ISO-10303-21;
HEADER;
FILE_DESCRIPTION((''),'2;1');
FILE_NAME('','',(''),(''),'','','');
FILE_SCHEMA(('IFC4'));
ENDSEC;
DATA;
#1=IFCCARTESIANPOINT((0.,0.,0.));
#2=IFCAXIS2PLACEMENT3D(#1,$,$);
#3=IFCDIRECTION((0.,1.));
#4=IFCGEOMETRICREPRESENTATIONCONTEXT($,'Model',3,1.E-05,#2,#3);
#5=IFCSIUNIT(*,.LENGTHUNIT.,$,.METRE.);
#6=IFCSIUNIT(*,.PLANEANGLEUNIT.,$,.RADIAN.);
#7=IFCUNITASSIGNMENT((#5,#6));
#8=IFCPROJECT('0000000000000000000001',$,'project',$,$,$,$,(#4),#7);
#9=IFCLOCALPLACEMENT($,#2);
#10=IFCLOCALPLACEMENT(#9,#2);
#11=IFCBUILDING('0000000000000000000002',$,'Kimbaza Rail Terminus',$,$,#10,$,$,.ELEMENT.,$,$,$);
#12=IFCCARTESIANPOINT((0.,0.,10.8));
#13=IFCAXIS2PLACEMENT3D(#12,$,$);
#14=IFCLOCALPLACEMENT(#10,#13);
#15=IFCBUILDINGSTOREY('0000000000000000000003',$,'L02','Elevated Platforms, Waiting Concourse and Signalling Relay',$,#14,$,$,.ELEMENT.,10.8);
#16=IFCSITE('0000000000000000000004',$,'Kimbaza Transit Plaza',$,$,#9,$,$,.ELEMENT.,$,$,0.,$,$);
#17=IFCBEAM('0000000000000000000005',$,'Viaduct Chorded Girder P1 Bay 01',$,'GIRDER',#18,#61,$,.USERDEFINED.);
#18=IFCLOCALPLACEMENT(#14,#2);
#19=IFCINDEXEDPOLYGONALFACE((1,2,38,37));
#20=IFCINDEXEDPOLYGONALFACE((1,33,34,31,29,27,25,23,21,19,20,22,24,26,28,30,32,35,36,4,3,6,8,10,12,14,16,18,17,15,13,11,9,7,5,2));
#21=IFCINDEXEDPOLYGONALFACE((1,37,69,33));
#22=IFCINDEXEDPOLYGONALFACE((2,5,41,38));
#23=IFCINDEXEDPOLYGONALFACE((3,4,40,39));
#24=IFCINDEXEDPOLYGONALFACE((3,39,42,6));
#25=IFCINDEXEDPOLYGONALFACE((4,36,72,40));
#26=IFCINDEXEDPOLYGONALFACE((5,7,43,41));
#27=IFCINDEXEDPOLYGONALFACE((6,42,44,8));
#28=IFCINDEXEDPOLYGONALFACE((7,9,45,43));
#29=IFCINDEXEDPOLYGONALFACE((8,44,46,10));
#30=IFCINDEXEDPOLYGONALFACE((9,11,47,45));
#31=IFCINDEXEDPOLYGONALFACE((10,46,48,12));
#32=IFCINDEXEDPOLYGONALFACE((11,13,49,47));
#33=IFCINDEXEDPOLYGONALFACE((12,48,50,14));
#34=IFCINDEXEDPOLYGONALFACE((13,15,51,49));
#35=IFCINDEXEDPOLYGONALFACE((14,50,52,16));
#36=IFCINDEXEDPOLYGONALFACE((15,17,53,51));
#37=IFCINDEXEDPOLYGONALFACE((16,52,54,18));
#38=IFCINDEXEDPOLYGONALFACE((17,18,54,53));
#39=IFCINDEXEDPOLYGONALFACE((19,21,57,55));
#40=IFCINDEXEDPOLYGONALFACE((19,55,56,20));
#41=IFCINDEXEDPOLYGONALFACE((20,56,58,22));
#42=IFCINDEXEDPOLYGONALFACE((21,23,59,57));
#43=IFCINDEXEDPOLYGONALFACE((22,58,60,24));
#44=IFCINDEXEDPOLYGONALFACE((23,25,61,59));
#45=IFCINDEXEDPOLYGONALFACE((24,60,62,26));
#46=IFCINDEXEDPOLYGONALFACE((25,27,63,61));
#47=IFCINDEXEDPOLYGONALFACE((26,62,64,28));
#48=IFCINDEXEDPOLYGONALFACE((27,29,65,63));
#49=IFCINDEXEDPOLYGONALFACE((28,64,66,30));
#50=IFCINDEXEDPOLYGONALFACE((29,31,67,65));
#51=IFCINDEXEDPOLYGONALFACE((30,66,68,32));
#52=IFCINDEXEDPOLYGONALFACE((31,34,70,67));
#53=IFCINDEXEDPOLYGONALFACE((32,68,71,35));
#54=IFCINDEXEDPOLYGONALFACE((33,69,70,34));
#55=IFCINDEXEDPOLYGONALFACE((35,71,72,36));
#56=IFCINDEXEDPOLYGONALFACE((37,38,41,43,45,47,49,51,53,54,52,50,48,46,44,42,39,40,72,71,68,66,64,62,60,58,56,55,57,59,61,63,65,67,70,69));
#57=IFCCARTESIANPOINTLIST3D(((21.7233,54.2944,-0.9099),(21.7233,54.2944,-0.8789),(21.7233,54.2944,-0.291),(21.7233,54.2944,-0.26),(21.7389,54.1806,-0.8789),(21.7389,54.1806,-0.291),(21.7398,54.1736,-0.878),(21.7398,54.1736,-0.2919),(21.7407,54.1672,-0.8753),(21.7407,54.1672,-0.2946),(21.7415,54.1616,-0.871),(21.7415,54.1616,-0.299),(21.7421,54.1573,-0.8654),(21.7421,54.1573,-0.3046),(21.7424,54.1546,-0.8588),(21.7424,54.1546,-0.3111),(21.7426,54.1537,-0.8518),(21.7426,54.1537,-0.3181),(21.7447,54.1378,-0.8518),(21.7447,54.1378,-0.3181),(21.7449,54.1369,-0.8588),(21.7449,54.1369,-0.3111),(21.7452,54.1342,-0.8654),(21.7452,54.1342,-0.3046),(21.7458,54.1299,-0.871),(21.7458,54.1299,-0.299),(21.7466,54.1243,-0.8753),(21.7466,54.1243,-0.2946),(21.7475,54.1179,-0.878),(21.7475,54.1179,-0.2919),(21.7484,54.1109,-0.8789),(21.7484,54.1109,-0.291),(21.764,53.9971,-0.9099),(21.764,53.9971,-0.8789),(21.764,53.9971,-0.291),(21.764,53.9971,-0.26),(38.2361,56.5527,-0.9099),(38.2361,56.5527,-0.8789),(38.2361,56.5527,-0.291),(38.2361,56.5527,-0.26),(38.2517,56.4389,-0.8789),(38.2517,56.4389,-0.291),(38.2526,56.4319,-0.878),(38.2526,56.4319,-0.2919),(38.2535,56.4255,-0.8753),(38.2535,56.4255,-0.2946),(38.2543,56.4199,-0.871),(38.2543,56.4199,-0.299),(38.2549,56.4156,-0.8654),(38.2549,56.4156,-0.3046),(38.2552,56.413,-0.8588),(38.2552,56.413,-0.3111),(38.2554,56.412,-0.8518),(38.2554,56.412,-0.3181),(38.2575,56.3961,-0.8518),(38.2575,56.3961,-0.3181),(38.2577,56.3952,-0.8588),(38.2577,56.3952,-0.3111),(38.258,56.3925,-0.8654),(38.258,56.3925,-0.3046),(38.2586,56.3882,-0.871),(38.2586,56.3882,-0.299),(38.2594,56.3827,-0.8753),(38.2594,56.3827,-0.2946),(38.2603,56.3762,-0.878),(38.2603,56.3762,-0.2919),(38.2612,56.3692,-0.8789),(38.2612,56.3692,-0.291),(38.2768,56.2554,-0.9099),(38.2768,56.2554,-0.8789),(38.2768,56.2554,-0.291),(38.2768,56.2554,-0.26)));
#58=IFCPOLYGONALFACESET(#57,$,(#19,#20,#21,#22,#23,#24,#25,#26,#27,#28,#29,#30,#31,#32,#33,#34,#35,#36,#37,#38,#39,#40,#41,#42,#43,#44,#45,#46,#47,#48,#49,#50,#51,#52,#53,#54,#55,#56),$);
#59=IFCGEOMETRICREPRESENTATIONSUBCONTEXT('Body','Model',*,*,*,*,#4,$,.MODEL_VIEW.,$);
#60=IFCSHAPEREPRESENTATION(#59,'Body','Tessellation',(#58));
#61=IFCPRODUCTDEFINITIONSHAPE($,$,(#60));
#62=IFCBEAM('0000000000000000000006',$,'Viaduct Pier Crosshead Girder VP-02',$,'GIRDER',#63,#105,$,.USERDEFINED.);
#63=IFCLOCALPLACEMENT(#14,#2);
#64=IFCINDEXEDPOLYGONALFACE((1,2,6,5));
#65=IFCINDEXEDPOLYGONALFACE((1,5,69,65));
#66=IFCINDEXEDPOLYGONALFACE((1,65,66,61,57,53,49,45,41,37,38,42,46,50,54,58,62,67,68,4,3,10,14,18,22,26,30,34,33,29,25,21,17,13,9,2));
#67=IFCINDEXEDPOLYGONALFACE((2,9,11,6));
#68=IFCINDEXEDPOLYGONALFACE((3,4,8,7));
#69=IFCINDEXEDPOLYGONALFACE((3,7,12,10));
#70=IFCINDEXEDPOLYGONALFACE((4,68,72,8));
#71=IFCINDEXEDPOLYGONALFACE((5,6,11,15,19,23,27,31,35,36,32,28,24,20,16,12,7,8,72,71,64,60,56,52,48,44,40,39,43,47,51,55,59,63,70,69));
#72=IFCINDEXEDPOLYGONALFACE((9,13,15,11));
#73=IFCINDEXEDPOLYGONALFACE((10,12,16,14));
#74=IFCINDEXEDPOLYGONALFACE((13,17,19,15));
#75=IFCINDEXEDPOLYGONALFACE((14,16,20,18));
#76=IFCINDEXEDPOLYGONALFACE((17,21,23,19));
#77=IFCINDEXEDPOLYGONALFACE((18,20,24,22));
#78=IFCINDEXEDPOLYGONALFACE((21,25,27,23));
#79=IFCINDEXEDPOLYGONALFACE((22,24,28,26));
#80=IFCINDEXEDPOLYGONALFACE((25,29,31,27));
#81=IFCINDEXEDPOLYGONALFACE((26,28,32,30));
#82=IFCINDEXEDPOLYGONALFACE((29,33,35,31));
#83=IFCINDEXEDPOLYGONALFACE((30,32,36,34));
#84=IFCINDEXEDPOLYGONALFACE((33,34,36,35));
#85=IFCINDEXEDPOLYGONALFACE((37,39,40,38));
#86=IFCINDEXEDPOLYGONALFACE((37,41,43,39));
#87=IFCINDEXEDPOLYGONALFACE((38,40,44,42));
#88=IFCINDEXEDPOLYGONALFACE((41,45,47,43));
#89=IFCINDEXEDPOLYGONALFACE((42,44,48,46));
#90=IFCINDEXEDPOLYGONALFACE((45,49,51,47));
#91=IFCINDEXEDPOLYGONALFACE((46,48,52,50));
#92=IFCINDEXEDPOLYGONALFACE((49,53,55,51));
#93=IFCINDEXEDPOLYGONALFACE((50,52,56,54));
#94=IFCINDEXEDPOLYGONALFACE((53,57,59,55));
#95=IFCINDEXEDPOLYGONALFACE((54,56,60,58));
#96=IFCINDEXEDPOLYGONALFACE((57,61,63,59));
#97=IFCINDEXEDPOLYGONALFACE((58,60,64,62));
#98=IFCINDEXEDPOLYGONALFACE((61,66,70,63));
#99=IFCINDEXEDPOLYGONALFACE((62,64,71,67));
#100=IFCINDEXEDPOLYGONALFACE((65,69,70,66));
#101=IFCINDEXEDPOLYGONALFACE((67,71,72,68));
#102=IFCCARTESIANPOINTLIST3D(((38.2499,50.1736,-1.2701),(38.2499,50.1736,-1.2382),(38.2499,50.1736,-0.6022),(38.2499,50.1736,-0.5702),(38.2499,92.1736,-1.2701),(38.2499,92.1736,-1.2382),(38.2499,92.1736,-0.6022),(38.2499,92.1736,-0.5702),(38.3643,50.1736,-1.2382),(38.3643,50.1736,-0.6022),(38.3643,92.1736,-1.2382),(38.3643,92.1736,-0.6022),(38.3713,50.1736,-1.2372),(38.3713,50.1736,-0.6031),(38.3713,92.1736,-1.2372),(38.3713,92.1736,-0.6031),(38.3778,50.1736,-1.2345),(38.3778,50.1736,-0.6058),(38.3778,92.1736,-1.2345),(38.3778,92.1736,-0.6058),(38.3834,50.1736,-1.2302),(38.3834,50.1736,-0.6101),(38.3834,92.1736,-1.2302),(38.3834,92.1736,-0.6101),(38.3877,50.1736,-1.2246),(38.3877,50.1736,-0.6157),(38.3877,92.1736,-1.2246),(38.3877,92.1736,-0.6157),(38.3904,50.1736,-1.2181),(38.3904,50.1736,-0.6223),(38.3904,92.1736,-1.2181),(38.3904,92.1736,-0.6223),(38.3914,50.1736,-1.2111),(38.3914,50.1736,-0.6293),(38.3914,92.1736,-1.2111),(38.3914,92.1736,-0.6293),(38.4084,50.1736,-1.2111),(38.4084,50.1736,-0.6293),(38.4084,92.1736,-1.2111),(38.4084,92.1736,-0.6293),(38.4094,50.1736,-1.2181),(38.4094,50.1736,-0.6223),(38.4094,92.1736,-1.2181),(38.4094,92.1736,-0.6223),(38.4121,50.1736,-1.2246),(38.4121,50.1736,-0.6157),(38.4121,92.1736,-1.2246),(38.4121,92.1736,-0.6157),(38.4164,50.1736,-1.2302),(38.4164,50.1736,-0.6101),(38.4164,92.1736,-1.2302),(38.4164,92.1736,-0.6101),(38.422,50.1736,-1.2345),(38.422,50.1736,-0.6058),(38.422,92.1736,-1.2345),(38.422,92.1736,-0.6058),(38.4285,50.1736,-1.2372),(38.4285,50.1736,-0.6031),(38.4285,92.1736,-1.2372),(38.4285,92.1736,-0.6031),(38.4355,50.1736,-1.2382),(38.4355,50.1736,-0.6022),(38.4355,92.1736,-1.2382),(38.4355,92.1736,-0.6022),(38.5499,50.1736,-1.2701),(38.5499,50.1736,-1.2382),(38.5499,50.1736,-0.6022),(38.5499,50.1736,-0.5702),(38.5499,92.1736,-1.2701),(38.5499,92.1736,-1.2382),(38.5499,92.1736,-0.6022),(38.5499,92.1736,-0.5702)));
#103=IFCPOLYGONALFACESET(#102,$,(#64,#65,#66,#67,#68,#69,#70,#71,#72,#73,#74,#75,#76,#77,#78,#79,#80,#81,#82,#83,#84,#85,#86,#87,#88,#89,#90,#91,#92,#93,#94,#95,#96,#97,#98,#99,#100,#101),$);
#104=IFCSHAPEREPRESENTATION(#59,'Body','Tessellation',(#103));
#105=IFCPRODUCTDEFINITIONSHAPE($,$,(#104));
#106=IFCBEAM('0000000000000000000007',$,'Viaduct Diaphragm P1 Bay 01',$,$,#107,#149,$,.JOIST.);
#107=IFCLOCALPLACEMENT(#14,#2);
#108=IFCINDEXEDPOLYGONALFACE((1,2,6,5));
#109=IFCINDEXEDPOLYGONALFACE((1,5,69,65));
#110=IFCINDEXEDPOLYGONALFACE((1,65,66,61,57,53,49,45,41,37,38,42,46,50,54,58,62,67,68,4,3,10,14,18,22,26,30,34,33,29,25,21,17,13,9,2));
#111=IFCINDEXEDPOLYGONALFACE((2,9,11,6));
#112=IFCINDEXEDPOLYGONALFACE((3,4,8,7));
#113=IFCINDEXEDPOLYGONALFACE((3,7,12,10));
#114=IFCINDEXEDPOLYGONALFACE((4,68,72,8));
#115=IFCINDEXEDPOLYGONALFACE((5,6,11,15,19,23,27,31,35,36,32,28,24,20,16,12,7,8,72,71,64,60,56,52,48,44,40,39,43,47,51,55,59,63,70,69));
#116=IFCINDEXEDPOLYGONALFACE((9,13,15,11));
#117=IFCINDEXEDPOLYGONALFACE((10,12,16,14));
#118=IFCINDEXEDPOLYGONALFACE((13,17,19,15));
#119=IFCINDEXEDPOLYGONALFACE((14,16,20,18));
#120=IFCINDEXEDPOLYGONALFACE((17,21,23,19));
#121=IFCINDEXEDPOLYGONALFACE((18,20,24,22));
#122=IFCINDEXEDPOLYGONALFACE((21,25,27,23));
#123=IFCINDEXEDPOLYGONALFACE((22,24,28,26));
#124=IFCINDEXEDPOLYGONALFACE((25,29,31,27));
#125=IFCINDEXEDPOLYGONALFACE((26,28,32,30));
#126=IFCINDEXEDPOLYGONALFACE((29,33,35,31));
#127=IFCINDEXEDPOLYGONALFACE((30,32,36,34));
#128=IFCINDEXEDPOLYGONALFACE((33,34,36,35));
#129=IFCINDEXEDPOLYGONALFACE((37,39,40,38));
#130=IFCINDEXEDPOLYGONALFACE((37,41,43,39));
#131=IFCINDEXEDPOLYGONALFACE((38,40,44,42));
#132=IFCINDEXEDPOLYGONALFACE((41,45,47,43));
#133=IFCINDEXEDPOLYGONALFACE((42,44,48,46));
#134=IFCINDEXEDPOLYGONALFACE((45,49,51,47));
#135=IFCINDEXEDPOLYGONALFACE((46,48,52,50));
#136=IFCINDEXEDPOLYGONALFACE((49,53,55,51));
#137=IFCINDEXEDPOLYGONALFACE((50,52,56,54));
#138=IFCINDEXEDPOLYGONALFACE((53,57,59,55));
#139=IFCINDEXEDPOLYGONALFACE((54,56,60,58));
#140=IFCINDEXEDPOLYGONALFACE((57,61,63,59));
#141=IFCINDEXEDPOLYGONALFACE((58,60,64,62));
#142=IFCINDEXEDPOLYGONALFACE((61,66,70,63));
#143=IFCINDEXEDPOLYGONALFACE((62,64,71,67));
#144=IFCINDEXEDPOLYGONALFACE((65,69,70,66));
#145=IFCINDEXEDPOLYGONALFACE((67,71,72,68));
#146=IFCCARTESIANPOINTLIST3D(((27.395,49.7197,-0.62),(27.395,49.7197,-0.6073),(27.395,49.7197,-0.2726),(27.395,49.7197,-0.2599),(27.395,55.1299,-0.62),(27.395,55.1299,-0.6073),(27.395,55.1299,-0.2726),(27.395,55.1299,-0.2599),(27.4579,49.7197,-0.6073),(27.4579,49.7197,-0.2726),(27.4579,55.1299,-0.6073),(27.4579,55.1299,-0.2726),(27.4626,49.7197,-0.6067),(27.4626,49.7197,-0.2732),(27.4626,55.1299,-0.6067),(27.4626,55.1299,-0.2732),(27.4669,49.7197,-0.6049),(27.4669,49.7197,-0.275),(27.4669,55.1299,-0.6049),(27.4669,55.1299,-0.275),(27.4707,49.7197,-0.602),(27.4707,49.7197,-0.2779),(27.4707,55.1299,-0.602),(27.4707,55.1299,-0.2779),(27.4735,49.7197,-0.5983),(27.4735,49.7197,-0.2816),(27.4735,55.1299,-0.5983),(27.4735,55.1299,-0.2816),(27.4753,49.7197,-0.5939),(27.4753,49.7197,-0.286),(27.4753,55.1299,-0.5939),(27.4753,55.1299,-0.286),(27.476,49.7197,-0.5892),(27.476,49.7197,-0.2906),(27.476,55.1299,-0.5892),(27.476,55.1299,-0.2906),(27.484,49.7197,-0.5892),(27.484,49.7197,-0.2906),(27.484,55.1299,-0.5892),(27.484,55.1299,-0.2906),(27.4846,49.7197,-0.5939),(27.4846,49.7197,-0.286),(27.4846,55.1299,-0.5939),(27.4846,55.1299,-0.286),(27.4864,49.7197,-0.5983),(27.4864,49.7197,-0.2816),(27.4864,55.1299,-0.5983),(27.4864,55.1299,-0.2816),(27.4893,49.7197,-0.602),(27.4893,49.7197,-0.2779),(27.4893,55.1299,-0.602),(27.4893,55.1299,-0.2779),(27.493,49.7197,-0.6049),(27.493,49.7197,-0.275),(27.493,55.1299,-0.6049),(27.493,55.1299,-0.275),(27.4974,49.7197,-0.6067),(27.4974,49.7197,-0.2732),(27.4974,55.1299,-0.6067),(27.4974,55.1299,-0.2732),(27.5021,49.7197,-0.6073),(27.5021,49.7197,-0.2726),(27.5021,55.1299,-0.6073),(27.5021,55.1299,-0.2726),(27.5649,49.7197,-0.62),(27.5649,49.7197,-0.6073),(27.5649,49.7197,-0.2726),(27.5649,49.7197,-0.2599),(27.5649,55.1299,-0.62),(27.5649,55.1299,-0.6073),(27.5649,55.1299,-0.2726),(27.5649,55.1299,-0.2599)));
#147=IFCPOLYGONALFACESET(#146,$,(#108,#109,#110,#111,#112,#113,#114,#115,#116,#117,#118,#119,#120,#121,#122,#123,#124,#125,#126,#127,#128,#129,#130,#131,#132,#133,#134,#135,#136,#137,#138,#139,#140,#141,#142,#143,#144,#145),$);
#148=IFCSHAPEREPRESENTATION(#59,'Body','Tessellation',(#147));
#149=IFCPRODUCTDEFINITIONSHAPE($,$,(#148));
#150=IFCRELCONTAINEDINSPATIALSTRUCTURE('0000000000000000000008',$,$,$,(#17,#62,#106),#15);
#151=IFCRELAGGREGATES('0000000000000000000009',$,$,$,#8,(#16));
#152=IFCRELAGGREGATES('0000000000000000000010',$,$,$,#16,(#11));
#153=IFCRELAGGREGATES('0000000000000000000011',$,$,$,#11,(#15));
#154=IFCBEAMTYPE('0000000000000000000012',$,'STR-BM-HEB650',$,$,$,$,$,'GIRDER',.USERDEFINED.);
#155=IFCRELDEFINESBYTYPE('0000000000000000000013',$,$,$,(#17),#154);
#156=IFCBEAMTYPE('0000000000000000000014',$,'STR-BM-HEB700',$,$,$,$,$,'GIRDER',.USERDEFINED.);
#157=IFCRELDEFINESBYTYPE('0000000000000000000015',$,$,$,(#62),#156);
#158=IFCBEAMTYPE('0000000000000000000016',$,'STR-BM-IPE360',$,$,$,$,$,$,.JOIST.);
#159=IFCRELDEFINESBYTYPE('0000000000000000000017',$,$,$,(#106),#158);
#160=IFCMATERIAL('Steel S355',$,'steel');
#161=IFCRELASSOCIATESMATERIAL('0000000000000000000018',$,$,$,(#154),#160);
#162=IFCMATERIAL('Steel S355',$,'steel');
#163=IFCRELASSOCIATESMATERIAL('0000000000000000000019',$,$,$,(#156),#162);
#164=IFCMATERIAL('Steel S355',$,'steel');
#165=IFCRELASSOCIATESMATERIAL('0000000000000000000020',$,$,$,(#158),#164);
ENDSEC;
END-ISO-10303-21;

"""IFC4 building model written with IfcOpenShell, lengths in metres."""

from ifc_helpers import new_model, si_unit, direction, frame, origin, origin_2d, place, context, subcontext, project, spatial, i_section, extrude, material, material_profile, profile_set, type_object, element, save


model = new_model("IFC4")

# Units and contexts
model_context = context("Model", 3, precision=1e-05, world=origin(), true_north=direction((0.0, 1.0)))
body_context = subcontext(model_context, "Body", "Model", "MODEL_VIEW")
ifc_project = project(units=[si_unit("LENGTHUNIT", "METRE"), si_unit("PLANEANGLEUNIT", "RADIAN")], contexts=[model_context])

# Site, building, storey
site_placement = place(None, origin())
site = spatial("IfcSite", under=ifc_project, at=site_placement, Name="Kimbaza Transit Plaza", CompositionType="ELEMENT", RefElevation=0.0)
building_placement = place(site_placement, origin())
building = spatial("IfcBuilding", under=site, at=building_placement, Name="Kimbaza Rail Terminus", CompositionType="ELEMENT")
storey_placement = place(building_placement, frame((0.0, 0.0, 10.8)))
storey = spatial("IfcBuildingStorey", under=building, at=storey_placement, Name="L02", Description="Elevated Platforms, Waiting Concourse and Signalling Relay", CompositionType="ELEMENT", Elevation=10.8)

# Beams
ifc_material_1 = material(Name="Steel S355", Category="steel")
ifc_material_profile_1 = material_profile(ifc_material_1, i_section(OverallWidth=0.3, OverallDepth=0.6499, WebThickness=0.0161, FlangeThickness=0.031, FilletRadius=0.0271, at=origin_2d()), Name="HEB 650")
ifc_profile_set_1 = profile_set([ifc_material_profile_1], Name="Steel S355")
beam_type_1 = type_object("IfcBeamType", Name="STR-BM-HEB650", ElementType="GIRDER", PredefinedType="USERDEFINED", material=ifc_profile_set_1)
beam_1_placement = place(storey_placement, frame((21.7437, 54.1458, -0.585), z_axis=(0.990777, 0.1355, 0.0), x_axis=(-0.1355, 0.990777, 0.0)))
element("IfcBeam", 1, at=beam_1_placement, inside=storey, type_object=beam_type_1, Name="Viaduct Chorded Girder P1 Bay 01", ObjectType="GIRDER", PredefinedType="USERDEFINED", context=body_context, shape_type="SweptSolid", body=[
    extrude(i_section(OverallWidth=0.3, OverallDepth=0.6499, WebThickness=0.0161, FlangeThickness=0.031, FilletRadius=0.0271, at=origin_2d()), origin(), (0.0, 0.0, 1.0), 16.6665),
])
ifc_material_2 = material(Name="Steel S355", Category="steel")
ifc_material_profile_2 = material_profile(ifc_material_2, i_section(OverallWidth=0.3, OverallDepth=0.7, WebThickness=0.0171, FlangeThickness=0.032, FilletRadius=0.0271, at=origin_2d()), Name="HEB 700")
ifc_profile_set_2 = profile_set([ifc_material_profile_2], Name="Steel S355")
beam_type_2 = type_object("IfcBeamType", Name="STR-BM-HEB700", ElementType="GIRDER", PredefinedType="USERDEFINED", material=ifc_profile_set_2)
beam_2_placement = place(storey_placement, frame((38.3999, 50.1736, -0.9202), z_axis=(0.0, 1.0, 0.0), x_axis=(-1.0, 0.0, 0.0)))
element("IfcBeam", 2, at=beam_2_placement, inside=storey, type_object=beam_type_2, Name="Viaduct Pier Crosshead Girder VP-02", ObjectType="GIRDER", PredefinedType="USERDEFINED", context=body_context, shape_type="SweptSolid", body=[
    extrude(i_section(OverallWidth=0.3, OverallDepth=0.7, WebThickness=0.0171, FlangeThickness=0.032, FilletRadius=0.0271, at=origin_2d()), origin(), (0.0, 0.0, 1.0), 42.0),
])
ifc_material_3 = material(Name="Steel S355", Category="steel")
ifc_material_profile_3 = material_profile(ifc_material_3, i_section(OverallWidth=0.1699, OverallDepth=0.3601, WebThickness=0.0081, FlangeThickness=0.0127, FilletRadius=0.0181, at=origin_2d()), Name="IPE 360")
ifc_profile_set_3 = profile_set([ifc_material_profile_3], Name="Steel S355")
beam_type_3 = type_object("IfcBeamType", Name="STR-BM-IPE360", PredefinedType="JOIST", material=ifc_profile_set_3)
beam_3_placement = place(storey_placement, frame((27.48, 49.7197, -0.4399), z_axis=(0.0, 1.0, 0.0), x_axis=(-1.0, 0.0, 0.0)))
element("IfcBeam", 3, at=beam_3_placement, inside=storey, type_object=beam_type_3, Name="Viaduct Diaphragm P1 Bay 01", PredefinedType="JOIST", context=body_context, shape_type="SweptSolid", body=[
    extrude(i_section(OverallWidth=0.1699, OverallDepth=0.3601, WebThickness=0.0081, FlangeThickness=0.0127, FilletRadius=0.0181, at=origin_2d()), origin(), (0.0, 0.0, 1.0), 5.4102),
])

save(model, "model.ifc")
